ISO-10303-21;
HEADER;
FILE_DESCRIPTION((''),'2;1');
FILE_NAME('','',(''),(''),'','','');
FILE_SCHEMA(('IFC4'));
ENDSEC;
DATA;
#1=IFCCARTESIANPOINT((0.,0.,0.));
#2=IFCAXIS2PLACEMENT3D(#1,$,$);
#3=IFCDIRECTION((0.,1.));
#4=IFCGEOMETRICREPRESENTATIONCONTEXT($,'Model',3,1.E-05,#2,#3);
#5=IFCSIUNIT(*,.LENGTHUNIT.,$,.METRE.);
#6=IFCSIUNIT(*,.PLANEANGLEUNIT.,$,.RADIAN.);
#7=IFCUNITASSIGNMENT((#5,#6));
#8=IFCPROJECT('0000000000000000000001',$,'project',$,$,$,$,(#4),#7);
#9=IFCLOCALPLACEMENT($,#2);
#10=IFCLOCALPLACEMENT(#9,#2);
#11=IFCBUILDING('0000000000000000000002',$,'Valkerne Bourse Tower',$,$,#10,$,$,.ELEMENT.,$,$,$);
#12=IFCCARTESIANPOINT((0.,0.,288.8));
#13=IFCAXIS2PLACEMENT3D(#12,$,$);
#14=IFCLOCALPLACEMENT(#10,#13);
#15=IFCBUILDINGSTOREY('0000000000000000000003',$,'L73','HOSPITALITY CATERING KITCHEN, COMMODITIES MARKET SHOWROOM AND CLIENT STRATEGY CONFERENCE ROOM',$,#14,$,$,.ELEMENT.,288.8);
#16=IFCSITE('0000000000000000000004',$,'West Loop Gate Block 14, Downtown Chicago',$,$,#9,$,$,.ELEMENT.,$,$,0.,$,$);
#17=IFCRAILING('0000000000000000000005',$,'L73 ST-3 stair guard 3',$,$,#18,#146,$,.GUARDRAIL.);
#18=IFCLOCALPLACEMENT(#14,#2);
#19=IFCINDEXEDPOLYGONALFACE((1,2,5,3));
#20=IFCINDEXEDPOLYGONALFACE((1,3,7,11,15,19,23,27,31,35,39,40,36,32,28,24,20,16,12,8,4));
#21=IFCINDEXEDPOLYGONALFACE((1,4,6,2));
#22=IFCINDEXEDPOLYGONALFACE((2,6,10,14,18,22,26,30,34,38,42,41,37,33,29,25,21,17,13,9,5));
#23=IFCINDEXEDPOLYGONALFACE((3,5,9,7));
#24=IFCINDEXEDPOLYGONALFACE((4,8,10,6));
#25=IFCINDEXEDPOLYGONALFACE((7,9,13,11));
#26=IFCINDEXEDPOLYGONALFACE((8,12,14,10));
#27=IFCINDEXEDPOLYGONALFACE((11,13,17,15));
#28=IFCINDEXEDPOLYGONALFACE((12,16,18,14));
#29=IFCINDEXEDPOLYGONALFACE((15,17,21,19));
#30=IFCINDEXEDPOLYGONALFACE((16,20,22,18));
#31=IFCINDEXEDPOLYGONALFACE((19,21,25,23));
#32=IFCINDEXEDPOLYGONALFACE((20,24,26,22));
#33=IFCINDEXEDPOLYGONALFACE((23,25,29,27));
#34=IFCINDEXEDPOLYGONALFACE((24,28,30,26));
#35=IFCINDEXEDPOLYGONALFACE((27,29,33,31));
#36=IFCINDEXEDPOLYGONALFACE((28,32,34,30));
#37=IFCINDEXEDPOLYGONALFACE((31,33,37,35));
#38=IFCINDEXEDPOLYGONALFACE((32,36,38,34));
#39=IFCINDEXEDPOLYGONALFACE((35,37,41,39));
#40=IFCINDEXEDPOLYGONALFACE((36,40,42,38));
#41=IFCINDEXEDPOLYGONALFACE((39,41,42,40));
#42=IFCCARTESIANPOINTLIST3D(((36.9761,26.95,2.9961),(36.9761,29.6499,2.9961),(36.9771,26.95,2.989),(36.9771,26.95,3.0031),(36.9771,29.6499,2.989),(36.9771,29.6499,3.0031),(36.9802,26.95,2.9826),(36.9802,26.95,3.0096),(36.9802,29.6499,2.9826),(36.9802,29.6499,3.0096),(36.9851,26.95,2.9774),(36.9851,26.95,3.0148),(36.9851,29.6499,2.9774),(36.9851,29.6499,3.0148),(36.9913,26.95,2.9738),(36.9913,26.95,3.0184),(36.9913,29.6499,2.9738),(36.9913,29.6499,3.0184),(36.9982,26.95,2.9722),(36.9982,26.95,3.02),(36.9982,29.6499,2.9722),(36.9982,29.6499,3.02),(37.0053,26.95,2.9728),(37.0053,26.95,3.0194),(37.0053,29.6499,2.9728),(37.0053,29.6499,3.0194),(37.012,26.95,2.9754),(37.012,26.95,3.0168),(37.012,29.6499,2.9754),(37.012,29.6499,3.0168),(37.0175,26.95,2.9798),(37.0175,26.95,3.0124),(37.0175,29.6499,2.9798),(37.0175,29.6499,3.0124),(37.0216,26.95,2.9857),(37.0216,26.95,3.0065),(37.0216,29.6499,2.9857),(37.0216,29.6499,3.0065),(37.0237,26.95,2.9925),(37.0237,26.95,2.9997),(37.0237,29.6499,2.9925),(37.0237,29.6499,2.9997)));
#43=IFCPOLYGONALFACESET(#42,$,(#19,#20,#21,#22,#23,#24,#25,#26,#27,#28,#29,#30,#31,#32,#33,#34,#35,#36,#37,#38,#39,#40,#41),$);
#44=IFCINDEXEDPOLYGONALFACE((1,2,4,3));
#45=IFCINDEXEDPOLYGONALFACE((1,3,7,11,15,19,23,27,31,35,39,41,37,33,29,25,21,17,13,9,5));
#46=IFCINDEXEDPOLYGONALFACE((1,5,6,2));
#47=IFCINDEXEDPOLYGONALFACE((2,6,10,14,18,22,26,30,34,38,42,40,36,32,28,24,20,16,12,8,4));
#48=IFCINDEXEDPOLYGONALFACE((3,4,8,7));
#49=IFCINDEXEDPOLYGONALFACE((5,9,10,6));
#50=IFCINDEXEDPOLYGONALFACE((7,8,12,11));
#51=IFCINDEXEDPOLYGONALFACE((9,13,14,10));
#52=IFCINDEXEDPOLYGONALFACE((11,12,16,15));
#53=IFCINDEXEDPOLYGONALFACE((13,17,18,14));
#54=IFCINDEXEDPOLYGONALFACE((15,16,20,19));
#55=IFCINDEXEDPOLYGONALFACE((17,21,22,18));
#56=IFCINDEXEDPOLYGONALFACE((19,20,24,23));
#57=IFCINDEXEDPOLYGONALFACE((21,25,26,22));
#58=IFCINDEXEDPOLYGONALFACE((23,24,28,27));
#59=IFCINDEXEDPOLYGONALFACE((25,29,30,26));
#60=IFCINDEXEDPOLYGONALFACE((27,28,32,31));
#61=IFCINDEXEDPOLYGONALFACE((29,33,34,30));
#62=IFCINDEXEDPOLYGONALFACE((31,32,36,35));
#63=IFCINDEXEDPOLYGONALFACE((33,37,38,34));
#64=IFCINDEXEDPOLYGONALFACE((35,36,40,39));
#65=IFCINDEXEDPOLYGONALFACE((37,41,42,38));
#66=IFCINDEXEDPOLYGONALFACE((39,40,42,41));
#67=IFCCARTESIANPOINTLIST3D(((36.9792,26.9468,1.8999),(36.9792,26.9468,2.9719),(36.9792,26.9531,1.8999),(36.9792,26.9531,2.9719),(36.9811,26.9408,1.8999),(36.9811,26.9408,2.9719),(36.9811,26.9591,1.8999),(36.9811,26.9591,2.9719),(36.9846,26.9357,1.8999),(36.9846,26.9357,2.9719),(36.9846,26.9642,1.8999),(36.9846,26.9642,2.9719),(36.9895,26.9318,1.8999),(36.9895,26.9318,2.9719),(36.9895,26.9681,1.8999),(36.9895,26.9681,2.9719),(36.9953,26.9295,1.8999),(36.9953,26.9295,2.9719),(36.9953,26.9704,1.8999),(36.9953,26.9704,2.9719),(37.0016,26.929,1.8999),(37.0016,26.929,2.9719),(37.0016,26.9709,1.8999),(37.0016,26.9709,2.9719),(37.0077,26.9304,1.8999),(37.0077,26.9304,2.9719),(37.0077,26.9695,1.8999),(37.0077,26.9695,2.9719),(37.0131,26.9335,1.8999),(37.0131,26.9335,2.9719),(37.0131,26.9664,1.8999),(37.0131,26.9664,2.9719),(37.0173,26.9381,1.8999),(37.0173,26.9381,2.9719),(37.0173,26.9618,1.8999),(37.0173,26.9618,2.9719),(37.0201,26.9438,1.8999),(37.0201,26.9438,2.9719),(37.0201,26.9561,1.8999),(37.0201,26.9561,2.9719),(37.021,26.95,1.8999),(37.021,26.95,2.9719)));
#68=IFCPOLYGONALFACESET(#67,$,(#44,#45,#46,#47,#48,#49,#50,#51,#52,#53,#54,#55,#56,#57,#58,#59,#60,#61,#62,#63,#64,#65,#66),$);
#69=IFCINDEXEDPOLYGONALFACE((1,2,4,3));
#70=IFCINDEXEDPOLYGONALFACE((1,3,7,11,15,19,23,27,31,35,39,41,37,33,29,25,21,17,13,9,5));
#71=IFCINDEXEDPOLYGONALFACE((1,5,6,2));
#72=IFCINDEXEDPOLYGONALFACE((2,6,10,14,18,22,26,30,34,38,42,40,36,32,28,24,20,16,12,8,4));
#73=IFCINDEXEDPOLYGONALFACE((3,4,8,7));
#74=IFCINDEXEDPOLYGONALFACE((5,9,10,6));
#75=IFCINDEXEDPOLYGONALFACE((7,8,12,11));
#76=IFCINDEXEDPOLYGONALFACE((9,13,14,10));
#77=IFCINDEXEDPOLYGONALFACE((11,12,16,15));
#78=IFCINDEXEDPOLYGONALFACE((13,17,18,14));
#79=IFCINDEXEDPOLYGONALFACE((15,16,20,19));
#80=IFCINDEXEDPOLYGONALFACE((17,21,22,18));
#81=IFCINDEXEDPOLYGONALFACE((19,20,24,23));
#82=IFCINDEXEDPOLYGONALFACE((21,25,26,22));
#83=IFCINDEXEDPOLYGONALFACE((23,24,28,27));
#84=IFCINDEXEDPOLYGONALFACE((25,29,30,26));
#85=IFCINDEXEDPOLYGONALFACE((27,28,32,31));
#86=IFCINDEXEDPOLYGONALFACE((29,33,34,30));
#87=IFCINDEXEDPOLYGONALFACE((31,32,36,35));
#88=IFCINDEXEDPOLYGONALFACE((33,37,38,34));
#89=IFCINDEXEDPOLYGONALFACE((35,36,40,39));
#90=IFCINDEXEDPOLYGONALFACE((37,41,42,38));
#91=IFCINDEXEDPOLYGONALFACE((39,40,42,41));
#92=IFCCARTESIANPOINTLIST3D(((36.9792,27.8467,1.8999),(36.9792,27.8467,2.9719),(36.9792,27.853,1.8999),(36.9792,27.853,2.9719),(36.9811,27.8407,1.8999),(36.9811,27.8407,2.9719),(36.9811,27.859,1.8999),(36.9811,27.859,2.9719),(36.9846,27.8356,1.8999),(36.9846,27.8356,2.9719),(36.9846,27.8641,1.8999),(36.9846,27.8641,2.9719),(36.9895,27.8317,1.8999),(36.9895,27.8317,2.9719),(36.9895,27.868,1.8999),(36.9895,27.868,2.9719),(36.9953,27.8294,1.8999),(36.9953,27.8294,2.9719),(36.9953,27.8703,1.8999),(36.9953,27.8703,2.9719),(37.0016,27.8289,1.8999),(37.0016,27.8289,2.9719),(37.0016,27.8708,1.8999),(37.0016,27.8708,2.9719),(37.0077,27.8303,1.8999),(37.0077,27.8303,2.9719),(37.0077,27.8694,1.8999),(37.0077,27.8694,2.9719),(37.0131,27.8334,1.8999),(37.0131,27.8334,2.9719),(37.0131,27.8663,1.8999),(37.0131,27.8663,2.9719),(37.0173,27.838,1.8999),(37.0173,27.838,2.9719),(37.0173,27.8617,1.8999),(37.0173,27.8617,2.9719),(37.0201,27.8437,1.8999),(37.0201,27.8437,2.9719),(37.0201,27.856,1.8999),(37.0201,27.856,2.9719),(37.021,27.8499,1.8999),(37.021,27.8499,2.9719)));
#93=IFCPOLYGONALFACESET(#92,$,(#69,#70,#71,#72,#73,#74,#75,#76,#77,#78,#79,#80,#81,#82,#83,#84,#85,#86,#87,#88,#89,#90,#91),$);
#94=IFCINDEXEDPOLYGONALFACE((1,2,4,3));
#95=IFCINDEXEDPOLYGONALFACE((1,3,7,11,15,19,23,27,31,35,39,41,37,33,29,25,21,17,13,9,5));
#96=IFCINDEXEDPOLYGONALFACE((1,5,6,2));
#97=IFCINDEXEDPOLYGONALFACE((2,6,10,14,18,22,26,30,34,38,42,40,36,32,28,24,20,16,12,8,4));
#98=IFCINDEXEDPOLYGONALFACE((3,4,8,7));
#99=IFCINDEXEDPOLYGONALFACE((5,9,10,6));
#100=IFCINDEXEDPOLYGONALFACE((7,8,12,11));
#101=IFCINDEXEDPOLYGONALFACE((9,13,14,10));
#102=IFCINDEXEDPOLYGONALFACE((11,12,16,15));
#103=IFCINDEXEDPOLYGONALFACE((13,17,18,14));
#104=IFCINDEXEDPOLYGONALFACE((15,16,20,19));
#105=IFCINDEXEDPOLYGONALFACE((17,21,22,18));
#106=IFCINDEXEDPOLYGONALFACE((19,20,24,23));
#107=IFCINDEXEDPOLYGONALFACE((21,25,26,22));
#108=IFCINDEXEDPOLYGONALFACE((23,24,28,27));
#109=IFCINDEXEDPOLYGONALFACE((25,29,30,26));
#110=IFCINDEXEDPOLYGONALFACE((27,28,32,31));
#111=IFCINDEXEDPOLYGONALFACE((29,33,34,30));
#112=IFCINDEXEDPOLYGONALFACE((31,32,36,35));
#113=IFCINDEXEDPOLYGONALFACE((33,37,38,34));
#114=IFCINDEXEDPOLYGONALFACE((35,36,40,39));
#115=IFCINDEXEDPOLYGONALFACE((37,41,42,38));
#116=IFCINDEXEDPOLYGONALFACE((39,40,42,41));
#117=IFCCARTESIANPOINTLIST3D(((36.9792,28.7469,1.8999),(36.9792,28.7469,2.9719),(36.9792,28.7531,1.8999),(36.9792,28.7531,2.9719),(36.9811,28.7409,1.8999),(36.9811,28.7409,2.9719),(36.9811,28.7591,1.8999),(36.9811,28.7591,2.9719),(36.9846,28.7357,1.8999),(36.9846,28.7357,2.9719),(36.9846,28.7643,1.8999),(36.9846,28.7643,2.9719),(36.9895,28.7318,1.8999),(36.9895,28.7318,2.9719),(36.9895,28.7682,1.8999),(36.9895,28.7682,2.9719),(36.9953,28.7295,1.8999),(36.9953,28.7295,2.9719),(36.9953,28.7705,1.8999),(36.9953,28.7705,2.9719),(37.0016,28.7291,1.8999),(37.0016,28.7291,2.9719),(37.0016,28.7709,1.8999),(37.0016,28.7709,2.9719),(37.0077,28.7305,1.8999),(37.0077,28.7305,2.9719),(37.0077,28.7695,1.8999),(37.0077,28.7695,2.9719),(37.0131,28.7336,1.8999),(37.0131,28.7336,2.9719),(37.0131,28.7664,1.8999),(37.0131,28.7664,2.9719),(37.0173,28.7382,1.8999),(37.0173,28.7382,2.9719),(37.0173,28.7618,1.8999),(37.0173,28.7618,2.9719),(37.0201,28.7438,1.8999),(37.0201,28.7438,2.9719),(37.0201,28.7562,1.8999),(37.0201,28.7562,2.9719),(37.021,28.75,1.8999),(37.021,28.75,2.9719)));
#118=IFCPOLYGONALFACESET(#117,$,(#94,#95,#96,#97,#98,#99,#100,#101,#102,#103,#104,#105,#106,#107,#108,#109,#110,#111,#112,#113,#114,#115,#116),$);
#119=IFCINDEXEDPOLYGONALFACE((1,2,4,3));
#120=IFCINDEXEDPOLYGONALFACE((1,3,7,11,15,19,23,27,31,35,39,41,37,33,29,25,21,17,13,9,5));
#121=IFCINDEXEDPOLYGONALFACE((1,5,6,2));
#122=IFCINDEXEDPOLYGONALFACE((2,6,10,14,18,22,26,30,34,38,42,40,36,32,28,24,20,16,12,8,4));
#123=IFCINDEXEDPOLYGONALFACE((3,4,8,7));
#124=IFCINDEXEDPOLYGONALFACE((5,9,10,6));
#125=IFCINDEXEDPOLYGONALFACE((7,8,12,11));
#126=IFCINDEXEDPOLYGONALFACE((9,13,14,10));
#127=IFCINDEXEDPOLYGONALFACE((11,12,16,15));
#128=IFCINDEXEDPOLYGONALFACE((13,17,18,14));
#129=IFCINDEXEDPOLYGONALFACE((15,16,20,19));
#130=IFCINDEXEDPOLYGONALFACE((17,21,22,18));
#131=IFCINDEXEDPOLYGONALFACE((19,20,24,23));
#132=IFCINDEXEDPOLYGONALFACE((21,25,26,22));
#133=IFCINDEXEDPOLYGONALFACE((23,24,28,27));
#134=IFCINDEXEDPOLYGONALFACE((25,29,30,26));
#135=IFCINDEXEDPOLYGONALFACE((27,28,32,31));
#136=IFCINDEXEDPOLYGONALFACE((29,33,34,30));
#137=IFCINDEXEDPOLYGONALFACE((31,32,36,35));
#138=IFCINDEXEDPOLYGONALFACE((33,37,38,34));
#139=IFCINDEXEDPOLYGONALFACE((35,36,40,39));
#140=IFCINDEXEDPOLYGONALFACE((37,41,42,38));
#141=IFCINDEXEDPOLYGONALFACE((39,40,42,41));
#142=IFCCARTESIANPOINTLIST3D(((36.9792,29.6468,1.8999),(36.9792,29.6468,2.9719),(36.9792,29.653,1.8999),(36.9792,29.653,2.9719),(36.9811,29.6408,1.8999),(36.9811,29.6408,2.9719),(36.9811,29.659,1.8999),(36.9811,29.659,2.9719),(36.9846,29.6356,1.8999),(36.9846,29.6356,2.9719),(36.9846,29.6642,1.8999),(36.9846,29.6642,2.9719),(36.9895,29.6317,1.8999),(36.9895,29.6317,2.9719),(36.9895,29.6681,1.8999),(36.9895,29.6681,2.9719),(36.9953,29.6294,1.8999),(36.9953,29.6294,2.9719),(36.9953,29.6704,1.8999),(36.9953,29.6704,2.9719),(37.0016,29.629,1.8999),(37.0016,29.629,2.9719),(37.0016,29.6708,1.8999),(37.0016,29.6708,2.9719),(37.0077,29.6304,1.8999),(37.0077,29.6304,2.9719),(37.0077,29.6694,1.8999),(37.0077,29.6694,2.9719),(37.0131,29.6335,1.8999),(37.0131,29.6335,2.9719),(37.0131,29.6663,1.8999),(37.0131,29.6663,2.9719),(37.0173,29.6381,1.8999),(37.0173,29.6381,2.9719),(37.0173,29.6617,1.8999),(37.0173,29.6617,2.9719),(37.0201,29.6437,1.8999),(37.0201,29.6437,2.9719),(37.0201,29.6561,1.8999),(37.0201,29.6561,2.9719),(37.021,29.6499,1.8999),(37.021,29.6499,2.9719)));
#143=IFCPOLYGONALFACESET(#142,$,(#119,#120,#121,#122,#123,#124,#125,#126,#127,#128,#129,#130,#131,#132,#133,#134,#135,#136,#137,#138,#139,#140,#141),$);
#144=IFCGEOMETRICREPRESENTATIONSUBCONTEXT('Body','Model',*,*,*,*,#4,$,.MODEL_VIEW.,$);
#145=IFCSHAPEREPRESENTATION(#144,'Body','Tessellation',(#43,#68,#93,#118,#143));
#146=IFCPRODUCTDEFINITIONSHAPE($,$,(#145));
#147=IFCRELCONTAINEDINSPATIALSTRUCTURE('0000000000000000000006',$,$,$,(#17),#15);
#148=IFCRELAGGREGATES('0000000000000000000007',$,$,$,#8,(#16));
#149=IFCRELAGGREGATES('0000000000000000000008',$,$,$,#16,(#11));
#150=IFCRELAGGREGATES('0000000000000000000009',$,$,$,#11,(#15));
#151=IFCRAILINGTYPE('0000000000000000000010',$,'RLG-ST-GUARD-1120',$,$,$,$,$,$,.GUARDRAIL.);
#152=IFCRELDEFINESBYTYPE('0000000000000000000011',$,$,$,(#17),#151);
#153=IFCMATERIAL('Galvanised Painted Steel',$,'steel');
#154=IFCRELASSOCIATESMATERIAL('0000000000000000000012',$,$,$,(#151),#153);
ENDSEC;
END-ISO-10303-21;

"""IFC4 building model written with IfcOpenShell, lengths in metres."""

from ifc_helpers import new_model, si_unit, direction, frame, origin, origin_2d, place, context, subcontext, project, spatial, circle, extrude, material, type_object, element, save


model = new_model("IFC4")

# Units and contexts
model_context = context("Model", 3, precision=1e-05, world=origin(), true_north=direction((0.0, 1.0)))
body_context = subcontext(model_context, "Body", "Model", "MODEL_VIEW")
ifc_project = project(units=[si_unit("LENGTHUNIT", "METRE"), si_unit("PLANEANGLEUNIT", "RADIAN")], contexts=[model_context])

# Site, building, storey
site_placement = place(None, origin())
site = spatial("IfcSite", under=ifc_project, at=site_placement, Name="West Loop Gate Block 14, Downtown Chicago", CompositionType="ELEMENT", RefElevation=0.0)
building_placement = place(site_placement, origin())
building = spatial("IfcBuilding", under=site, at=building_placement, Name="Valkerne Bourse Tower", CompositionType="ELEMENT")
storey_placement = place(building_placement, frame((0.0, 0.0, 288.8)))
storey = spatial("IfcBuildingStorey", under=building, at=storey_placement, Name="L73", Description="HOSPITALITY CATERING KITCHEN, COMMODITIES MARKET SHOWROOM AND CLIENT STRATEGY CONFERENCE ROOM", CompositionType="ELEMENT", Elevation=288.8)

# Railing
ifc_material_1 = material(Name="Galvanised Painted Steel", Category="steel")
railing_type_1 = type_object("IfcRailingType", Name="RLG-ST-GUARD-1120", PredefinedType="GUARDRAIL", material=ifc_material_1)
for number, where, name in (
    (1, (37.0, 26.95, 1.8999), "L73 ST-3 stair guard 3"),
):
    element("IfcRailing", number, at=place(storey_placement, frame(where)), inside=storey, type_object=railing_type_1, Name=name, PredefinedType="GUARDRAIL", context=body_context, shape_type="SweptSolid", body=[
        extrude(circle(Radius=0.0239, at=origin_2d()), frame((0.0, 0.0, 1.0962), z_axis=(0.0, 1.0, 0.0), x_axis=(-1.0, 0.0, 0.0)), (0.0, 0.0, 1.0), 2.7),
        extrude(circle(Radius=0.021, at=origin_2d()), origin(), (0.0, 0.0, 1.0), 1.072),
        extrude(circle(Radius=0.021, at=origin_2d()), frame((0.0, 0.8999, 0.0)), (0.0, 0.0, 1.0), 1.072),
        extrude(circle(Radius=0.021, at=origin_2d()), frame((0.0, 1.8, 0.0)), (0.0, 0.0, 1.0), 1.072),
        extrude(circle(Radius=0.021, at=origin_2d()), frame((0.0, 2.7, 0.0)), (0.0, 0.0, 1.0), 1.072),
    ])

save(model, "model.ifc")
